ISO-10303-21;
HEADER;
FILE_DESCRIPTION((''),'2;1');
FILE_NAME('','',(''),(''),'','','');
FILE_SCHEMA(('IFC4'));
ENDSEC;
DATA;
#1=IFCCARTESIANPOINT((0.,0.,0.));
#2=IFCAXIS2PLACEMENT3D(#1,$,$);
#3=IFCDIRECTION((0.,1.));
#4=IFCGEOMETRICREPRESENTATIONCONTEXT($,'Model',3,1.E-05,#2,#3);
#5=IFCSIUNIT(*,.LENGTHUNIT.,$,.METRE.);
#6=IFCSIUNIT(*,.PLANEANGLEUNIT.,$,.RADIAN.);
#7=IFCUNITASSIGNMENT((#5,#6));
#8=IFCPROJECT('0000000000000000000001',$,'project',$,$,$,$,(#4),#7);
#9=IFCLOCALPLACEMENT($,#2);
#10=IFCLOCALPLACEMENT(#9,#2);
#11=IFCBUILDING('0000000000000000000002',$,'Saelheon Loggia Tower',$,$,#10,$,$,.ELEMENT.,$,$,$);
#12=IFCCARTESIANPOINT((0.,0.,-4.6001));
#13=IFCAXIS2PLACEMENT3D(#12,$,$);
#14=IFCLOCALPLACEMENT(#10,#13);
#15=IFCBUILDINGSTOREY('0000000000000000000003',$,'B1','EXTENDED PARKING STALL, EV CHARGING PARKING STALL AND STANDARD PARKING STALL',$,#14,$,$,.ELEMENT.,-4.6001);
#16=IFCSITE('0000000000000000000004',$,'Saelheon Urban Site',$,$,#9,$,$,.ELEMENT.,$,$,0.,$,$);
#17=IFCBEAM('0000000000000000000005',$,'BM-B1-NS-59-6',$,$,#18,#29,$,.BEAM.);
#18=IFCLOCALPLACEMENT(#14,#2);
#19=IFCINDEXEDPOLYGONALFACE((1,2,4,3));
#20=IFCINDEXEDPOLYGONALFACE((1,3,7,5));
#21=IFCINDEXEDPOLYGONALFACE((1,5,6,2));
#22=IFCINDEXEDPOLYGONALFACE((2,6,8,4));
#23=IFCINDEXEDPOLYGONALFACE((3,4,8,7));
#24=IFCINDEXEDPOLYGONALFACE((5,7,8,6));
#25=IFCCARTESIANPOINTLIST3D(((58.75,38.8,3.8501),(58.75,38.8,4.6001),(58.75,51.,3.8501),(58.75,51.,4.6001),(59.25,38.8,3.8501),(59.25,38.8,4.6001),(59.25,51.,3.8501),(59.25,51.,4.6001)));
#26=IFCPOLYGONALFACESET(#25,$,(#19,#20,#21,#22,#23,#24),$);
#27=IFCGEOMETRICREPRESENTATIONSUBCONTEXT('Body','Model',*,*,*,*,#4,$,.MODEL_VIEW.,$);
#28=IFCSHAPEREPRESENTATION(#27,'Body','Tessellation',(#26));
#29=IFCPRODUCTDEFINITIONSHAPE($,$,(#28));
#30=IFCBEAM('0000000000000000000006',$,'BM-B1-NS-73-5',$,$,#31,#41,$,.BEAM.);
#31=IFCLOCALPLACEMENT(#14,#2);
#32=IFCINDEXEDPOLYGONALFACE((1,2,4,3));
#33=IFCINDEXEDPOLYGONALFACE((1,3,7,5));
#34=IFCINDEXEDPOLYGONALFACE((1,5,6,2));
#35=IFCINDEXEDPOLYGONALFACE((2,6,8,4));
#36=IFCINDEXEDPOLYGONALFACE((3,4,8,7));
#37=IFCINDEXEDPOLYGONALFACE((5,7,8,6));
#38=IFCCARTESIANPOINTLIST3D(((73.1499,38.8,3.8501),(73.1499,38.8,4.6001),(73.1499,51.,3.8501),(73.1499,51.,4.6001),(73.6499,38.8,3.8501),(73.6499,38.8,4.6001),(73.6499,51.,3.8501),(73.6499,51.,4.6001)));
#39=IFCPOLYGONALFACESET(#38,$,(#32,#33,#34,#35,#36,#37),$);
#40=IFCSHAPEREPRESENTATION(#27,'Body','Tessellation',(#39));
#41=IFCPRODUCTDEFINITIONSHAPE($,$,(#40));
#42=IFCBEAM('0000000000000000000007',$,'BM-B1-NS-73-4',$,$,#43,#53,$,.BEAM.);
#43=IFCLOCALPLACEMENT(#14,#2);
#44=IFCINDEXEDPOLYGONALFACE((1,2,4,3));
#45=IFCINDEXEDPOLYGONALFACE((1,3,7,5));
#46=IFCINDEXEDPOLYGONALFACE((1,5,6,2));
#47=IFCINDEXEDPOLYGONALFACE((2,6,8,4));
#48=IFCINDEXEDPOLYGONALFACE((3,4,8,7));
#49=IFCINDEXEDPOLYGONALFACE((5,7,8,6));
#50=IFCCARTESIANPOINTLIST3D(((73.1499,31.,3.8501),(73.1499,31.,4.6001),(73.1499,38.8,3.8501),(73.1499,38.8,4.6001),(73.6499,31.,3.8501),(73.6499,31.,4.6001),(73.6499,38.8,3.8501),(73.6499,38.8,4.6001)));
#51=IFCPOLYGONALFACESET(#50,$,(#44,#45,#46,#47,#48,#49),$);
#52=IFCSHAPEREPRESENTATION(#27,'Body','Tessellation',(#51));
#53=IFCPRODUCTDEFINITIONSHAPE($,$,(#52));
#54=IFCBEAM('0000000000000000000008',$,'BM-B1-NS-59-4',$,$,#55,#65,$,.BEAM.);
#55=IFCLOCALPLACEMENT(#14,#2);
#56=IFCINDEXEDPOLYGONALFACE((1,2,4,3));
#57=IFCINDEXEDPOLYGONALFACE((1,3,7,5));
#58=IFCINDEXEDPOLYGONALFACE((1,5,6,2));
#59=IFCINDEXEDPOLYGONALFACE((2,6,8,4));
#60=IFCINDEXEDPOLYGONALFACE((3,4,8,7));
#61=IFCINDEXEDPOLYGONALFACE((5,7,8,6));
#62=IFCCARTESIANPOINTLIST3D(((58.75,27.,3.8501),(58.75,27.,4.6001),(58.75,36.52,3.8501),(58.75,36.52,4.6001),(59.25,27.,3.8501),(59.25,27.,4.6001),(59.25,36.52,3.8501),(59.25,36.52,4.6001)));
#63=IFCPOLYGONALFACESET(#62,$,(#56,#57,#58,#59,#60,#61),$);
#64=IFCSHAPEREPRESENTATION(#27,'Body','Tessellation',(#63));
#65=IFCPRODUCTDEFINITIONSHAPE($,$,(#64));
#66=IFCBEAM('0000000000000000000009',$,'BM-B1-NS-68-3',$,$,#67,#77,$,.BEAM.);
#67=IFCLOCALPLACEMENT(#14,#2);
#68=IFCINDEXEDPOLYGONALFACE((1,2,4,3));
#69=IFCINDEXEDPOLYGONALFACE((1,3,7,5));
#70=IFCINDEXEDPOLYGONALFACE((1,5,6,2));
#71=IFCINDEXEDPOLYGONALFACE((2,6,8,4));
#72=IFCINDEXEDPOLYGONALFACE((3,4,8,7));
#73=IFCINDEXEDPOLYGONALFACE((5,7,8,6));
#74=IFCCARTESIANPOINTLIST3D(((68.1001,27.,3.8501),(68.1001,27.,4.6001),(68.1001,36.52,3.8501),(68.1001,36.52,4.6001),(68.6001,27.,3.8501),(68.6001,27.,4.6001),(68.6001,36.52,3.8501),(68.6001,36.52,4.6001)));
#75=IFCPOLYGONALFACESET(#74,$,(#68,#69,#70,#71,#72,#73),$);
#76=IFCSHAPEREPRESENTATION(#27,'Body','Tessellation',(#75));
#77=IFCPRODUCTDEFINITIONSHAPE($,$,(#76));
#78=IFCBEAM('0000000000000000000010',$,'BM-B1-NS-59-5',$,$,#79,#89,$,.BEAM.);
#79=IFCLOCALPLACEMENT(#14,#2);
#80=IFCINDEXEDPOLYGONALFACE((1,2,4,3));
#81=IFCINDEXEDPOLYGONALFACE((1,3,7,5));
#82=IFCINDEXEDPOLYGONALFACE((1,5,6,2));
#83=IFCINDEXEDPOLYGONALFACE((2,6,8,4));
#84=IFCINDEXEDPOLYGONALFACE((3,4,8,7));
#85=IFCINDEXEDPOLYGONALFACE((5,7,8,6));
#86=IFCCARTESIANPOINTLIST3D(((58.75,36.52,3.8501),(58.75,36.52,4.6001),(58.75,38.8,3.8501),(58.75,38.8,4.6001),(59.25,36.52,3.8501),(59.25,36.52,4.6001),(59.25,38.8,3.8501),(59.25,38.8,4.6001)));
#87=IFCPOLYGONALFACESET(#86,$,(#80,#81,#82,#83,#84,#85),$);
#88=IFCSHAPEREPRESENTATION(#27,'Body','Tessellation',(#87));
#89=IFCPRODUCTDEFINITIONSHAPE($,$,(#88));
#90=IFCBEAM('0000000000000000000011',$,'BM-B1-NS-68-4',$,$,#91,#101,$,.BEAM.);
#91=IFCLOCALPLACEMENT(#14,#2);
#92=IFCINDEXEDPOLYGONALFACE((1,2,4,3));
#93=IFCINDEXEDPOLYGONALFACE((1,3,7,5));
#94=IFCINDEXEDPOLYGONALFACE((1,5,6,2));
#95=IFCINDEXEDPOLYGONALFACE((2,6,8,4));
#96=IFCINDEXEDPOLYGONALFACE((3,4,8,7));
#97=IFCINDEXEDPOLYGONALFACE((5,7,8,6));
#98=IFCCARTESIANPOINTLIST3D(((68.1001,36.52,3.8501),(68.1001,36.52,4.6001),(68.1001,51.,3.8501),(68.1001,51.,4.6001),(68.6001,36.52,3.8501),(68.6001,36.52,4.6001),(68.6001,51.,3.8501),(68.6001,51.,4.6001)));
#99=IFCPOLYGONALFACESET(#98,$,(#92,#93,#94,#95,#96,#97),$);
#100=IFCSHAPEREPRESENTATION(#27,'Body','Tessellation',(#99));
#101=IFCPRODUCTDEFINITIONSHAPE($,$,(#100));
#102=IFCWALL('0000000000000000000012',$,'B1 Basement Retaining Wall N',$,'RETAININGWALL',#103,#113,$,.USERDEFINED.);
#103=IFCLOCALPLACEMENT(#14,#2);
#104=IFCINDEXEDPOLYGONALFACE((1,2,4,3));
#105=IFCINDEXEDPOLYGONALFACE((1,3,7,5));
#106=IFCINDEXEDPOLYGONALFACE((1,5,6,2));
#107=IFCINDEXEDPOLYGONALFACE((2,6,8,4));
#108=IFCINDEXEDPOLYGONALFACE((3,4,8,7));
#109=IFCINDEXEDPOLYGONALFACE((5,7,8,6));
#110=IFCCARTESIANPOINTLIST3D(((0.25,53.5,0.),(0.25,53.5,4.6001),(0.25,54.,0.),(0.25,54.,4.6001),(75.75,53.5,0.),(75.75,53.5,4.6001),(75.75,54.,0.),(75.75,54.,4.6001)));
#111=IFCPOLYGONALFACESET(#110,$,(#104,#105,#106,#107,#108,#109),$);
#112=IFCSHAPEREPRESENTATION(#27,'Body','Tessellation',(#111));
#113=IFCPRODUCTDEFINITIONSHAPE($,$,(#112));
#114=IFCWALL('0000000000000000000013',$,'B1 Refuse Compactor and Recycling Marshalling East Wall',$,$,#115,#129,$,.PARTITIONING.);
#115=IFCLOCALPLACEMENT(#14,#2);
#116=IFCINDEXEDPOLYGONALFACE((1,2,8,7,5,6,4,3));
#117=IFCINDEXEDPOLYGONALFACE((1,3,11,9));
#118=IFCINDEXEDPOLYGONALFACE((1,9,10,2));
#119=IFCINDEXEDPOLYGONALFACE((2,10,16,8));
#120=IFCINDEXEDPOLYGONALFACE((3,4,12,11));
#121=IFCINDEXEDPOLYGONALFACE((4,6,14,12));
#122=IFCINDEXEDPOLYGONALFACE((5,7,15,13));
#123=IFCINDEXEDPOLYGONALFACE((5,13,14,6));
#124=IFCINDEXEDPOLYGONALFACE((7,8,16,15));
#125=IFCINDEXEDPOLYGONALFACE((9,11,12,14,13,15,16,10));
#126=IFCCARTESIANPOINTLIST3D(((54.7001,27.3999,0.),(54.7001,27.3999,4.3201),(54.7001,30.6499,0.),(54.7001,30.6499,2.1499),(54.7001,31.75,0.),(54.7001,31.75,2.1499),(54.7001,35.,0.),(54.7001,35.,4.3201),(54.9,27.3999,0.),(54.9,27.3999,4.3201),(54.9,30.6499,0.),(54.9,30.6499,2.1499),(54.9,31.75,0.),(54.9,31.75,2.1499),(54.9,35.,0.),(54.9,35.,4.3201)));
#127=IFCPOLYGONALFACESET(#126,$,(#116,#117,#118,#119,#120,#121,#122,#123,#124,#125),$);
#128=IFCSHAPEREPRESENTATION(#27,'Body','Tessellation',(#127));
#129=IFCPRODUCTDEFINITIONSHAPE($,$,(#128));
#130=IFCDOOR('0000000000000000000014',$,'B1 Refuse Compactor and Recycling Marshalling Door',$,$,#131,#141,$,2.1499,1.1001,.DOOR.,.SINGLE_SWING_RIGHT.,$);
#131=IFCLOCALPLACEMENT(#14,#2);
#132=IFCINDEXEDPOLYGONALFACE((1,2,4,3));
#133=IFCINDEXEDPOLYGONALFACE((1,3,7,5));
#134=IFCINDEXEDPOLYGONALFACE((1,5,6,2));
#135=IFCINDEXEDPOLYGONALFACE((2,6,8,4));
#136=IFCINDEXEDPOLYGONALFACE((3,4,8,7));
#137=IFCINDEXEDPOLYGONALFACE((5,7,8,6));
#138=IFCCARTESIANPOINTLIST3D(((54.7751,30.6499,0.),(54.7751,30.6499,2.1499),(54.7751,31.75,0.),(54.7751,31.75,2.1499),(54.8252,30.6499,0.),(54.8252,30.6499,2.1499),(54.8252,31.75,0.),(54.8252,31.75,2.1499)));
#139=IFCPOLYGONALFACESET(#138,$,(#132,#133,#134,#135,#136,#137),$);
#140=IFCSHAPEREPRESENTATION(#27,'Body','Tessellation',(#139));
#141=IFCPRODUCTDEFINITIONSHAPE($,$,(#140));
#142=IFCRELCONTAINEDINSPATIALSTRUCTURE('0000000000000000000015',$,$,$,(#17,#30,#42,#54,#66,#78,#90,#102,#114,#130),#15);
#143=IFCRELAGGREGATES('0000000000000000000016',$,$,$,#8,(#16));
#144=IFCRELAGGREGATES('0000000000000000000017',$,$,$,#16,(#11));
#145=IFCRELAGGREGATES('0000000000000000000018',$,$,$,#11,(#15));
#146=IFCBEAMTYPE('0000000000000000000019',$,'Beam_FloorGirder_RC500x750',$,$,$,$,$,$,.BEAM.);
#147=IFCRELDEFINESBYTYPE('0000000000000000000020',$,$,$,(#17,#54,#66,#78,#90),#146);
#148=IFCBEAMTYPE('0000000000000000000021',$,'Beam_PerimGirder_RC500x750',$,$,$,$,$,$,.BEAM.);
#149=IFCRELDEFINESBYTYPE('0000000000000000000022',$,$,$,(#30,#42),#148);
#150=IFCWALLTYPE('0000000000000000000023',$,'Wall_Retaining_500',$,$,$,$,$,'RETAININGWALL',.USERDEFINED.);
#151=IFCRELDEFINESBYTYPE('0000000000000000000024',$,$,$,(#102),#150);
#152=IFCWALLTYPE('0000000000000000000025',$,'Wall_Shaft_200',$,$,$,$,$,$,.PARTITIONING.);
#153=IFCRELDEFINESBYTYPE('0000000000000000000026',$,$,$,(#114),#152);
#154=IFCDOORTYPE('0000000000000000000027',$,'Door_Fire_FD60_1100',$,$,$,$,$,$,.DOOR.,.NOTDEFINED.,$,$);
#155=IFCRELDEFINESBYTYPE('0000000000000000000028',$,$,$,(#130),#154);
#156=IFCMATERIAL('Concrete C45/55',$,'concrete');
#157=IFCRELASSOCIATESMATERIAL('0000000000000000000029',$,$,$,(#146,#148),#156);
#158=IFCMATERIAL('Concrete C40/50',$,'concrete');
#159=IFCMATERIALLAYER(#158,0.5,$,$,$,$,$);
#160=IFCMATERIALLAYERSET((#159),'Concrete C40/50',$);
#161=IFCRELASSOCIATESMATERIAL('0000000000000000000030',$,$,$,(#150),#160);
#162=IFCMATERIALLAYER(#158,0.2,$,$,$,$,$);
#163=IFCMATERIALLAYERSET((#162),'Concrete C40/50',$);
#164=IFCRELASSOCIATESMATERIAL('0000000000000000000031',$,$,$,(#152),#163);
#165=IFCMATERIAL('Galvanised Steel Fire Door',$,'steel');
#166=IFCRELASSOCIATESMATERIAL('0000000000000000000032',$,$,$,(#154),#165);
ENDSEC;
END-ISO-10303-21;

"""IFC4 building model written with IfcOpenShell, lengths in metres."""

from ifc_helpers import new_model, si_unit, direction, frame, frame_2d, origin, origin_2d, place, context, subcontext, project, spatial, rectangle, extrude, source, transform, mapped, material, layer, layer_set, material_profile, profile_set, type_object, element, fill, save


model = new_model("IFC4")

# Units and contexts
model_context = context("Model", 3, precision=1e-05, world=origin(), true_north=direction((0.0, 1.0)))
body_context = subcontext(model_context, "Body", "Model", "MODEL_VIEW")
ifc_project = project(units=[si_unit("LENGTHUNIT", "METRE"), si_unit("PLANEANGLEUNIT", "RADIAN")], contexts=[model_context])

# Site, building, storey
site_placement = place(None, origin())
site = spatial("IfcSite", under=ifc_project, at=site_placement, Name="Saelheon Urban Site", CompositionType="ELEMENT", RefElevation=0.0)
building_placement = place(site_placement, origin())
building = spatial("IfcBuilding", under=site, at=building_placement, Name="Saelheon Loggia Tower", CompositionType="ELEMENT")
storey_placement = place(building_placement, frame((0.0, 0.0, -4.6001)))
storey = spatial("IfcBuildingStorey", under=building, at=storey_placement, Name="B1", Description="EXTENDED PARKING STALL, EV CHARGING PARKING STALL AND STANDARD PARKING STALL", CompositionType="ELEMENT", Elevation=-4.6001)

# Shared definitions
ifc_material_1 = material(Name="Concrete C45/55", Category="concrete")

# Beams
ifc_material_profile_1 = material_profile(ifc_material_1, rectangle(XDim=0.5, YDim=0.75, at=origin_2d()), Name="RC-500x750")
ifc_profile_set_1 = profile_set([ifc_material_profile_1], Name="Concrete C45/55")
beam_type_1 = type_object("IfcBeamType", Name="Beam_FloorGirder_RC500x750", PredefinedType="BEAM", material=ifc_profile_set_1)
shared_shape_1 = source(origin(), body_context, "Body", "SweptSolid", [
    extrude(rectangle(XDim=0.5, YDim=0.75, at=origin_2d()), origin(), (0.0, 0.0, 1.0), 12.2),
])
for number, where, z_axis, x_axis, name in (
    (1, (59.0, 38.8, 4.2251), (0.0, 1.0, 0.0), (-1.0, 0.0, 0.0), "BM-B1-NS-59-6"),
):
    element("IfcBeam", number, at=place(storey_placement, frame(where, z_axis=z_axis, x_axis=x_axis)), inside=storey, type_object=beam_type_1, Name=name, PredefinedType="BEAM", context=body_context, shape_type="MappedRepresentation", body=[
        mapped(shared_shape_1, transform((0.0, 0.0, 0.0), scale=1.0)),
    ])
ifc_material_profile_2 = material_profile(ifc_material_1, rectangle(XDim=0.5, YDim=0.75, at=origin_2d()), Name="RC-500x750")
ifc_profile_set_2 = profile_set([ifc_material_profile_2], Name="Concrete C45/55")
beam_type_2 = type_object("IfcBeamType", Name="Beam_PerimGirder_RC500x750", PredefinedType="BEAM", material=ifc_profile_set_2)
beam_1_placement = place(storey_placement, frame((73.3999, 38.8, 4.2251), z_axis=(0.0, 1.0, 0.0), x_axis=(-1.0, 0.0, 0.0)))
element("IfcBeam", 2, at=beam_1_placement, inside=storey, type_object=beam_type_2, Name="BM-B1-NS-73-5", PredefinedType="BEAM", context=body_context, shape_type="MappedRepresentation", body=[
    mapped(shared_shape_1, transform((0.0, 0.0, 0.0), scale=1.0)),
])
shared_shape_2 = source(origin(), body_context, "Body", "SweptSolid", [
    extrude(rectangle(XDim=0.5, YDim=0.75, at=origin_2d()), origin(), (0.0, 0.0, 1.0), 7.8),
])
beam_2_placement = place(storey_placement, frame((73.3999, 31.0, 4.2251), z_axis=(0.0, 1.0, 0.0), x_axis=(-1.0, 0.0, 0.0)))
element("IfcBeam", 3, at=beam_2_placement, inside=storey, type_object=beam_type_2, Name="BM-B1-NS-73-4", PredefinedType="BEAM", context=body_context, shape_type="MappedRepresentation", body=[
    mapped(shared_shape_2, transform((0.0, 0.0, 0.0), scale=1.0)),
])
shared_shape_3 = source(origin(), body_context, "Body", "SweptSolid", [
    extrude(rectangle(XDim=0.5, YDim=0.75, at=origin_2d()), origin(), (0.0, 0.0, 1.0), 9.52),
])
for number, where, z_axis, x_axis, name in (
    (4, (59.0, 27.0, 4.2251), (0.0, 1.0, 0.0), (-1.0, 0.0, 0.0), "BM-B1-NS-59-4"),
    (5, (68.3501, 27.0, 4.2251), (0.0, 1.0, 0.0), (-1.0, 0.0, 0.0), "BM-B1-NS-68-3"),
):
    element("IfcBeam", number, at=place(storey_placement, frame(where, z_axis=z_axis, x_axis=x_axis)), inside=storey, type_object=beam_type_1, Name=name, PredefinedType="BEAM", context=body_context, shape_type="MappedRepresentation", body=[
        mapped(shared_shape_3, transform((0.0, 0.0, 0.0), scale=1.0)),
    ])
shared_shape_4 = source(origin(), body_context, "Body", "SweptSolid", [
    extrude(rectangle(XDim=0.5, YDim=0.75, at=origin_2d()), origin(), (0.0, 0.0, 1.0), 2.28),
])
beam_3_placement = place(storey_placement, frame((59.0, 36.52, 4.2251), z_axis=(0.0, 1.0, 0.0), x_axis=(-1.0, 0.0, 0.0)))
element("IfcBeam", 6, at=beam_3_placement, inside=storey, type_object=beam_type_1, Name="BM-B1-NS-59-5", PredefinedType="BEAM", context=body_context, shape_type="MappedRepresentation", body=[
    mapped(shared_shape_4, transform((0.0, 0.0, 0.0), scale=1.0)),
])
shared_shape_5 = source(origin(), body_context, "Body", "SweptSolid", [
    extrude(rectangle(XDim=0.5, YDim=0.75, at=origin_2d()), origin(), (0.0, 0.0, 1.0), 14.48),
])
beam_4_placement = place(storey_placement, frame((68.3501, 36.52, 4.2251), z_axis=(0.0, 1.0, 0.0), x_axis=(-1.0, 0.0, 0.0)))
element("IfcBeam", 7, at=beam_4_placement, inside=storey, type_object=beam_type_1, Name="BM-B1-NS-68-4", PredefinedType="BEAM", context=body_context, shape_type="MappedRepresentation", body=[
    mapped(shared_shape_5, transform((0.0, 0.0, 0.0), scale=1.0)),
])

# Wall
ifc_material_2 = material(Name="Concrete C40/50", Category="concrete")
ifc_layer_1 = layer(ifc_material_2, 0.5)
ifc_layer_set_1 = layer_set([ifc_layer_1], Name="Concrete C40/50")
wall_type_1 = type_object("IfcWallType", Name="Wall_Retaining_500", ElementType="RETAININGWALL", PredefinedType="USERDEFINED", material=ifc_layer_set_1)
wall_1_placement = place(storey_placement, frame((75.75, 53.75, 0.0), z_axis=(0.0, 0.0, 1.0), x_axis=(-1.0, 0.0, 0.0)))
element("IfcWall", 8, at=wall_1_placement, inside=storey, type_object=wall_type_1, Name="B1 Basement Retaining Wall N", ObjectType="RETAININGWALL", PredefinedType="USERDEFINED", context=body_context, shape_type="SweptSolid", body=[
    extrude(rectangle(XDim=75.5, YDim=0.5, at=frame_2d((37.75, 0.0))), origin(), (0.0, 0.0, 1.0), 4.6001),
])

# Wall, opening, door
ifc_layer_2 = layer(ifc_material_2, 0.2)
ifc_layer_set_2 = layer_set([ifc_layer_2], Name="Concrete C40/50")
wall_type_2 = type_object("IfcWallType", Name="Wall_Shaft_200", PredefinedType="PARTITIONING", material=ifc_layer_set_2)
wall_2_placement = place(storey_placement, frame((54.8, 27.3999, 0.0), z_axis=(0.0, 0.0, 1.0), x_axis=(0.0, 1.0, 0.0)))
wall_2 = element("IfcWall", 9, at=wall_2_placement, inside=storey, type_object=wall_type_2, Name="B1 Refuse Compactor and Recycling Marshalling East Wall", PredefinedType="PARTITIONING", context=body_context, shape_type="SweptSolid", body=[
    extrude(rectangle(XDim=7.6001, YDim=0.2, at=frame_2d((3.8, 0.0))), origin(), (0.0, 0.0, 1.0), 4.3201),
])
opening_placement = place(wall_2_placement, frame((3.25, 0.0, 0.0)))
opening = element("IfcOpeningElement", 10, at=opening_placement, cuts=wall_2, PredefinedType="OPENING", context=body_context, shape_type="SweptSolid", body=[
    extrude(rectangle(XDim=1.1001, YDim=2.1499, at=frame_2d((0.55, 1.075))), frame((0.0, 0.1121, 0.0), z_axis=(0.0, -1.0, 0.0), x_axis=(1.0, 0.0, 0.0)), (0.0, 0.0, 1.0), 0.2239),
])
ifc_material_3 = material(Name="Galvanised Steel Fire Door", Category="steel")
door_type = type_object("IfcDoorType", Name="Door_Fire_FD60_1100", OperationType="NOTDEFINED", PredefinedType="DOOR", material=ifc_material_3)
shared_shape_6 = source(origin(), body_context, "Body", "SweptSolid", [
    extrude(rectangle(XDim=1.1001, YDim=2.1499, at=frame_2d((0.55, 1.075))), frame((0.0, 0.0249, 0.0), z_axis=(0.0, -1.0, 0.0), x_axis=(1.0, 0.0, 0.0)), (0.0, 0.0, 1.0), 0.05),
])
door_placement = place(opening_placement, origin())
door = element("IfcDoor", 11, at=door_placement, inside=storey, type_object=door_type, Name="B1 Refuse Compactor and Recycling Marshalling Door", OperationType="SINGLE_SWING_RIGHT", OverallHeight=2.1499, OverallWidth=1.1001, PredefinedType="DOOR", context=body_context, shape_type="MappedRepresentation", body=[
    mapped(shared_shape_6, transform((0.0, 0.0, 0.0), scale=1.0)),
])
fill(opening, door)

save(model, "model.ifc")
